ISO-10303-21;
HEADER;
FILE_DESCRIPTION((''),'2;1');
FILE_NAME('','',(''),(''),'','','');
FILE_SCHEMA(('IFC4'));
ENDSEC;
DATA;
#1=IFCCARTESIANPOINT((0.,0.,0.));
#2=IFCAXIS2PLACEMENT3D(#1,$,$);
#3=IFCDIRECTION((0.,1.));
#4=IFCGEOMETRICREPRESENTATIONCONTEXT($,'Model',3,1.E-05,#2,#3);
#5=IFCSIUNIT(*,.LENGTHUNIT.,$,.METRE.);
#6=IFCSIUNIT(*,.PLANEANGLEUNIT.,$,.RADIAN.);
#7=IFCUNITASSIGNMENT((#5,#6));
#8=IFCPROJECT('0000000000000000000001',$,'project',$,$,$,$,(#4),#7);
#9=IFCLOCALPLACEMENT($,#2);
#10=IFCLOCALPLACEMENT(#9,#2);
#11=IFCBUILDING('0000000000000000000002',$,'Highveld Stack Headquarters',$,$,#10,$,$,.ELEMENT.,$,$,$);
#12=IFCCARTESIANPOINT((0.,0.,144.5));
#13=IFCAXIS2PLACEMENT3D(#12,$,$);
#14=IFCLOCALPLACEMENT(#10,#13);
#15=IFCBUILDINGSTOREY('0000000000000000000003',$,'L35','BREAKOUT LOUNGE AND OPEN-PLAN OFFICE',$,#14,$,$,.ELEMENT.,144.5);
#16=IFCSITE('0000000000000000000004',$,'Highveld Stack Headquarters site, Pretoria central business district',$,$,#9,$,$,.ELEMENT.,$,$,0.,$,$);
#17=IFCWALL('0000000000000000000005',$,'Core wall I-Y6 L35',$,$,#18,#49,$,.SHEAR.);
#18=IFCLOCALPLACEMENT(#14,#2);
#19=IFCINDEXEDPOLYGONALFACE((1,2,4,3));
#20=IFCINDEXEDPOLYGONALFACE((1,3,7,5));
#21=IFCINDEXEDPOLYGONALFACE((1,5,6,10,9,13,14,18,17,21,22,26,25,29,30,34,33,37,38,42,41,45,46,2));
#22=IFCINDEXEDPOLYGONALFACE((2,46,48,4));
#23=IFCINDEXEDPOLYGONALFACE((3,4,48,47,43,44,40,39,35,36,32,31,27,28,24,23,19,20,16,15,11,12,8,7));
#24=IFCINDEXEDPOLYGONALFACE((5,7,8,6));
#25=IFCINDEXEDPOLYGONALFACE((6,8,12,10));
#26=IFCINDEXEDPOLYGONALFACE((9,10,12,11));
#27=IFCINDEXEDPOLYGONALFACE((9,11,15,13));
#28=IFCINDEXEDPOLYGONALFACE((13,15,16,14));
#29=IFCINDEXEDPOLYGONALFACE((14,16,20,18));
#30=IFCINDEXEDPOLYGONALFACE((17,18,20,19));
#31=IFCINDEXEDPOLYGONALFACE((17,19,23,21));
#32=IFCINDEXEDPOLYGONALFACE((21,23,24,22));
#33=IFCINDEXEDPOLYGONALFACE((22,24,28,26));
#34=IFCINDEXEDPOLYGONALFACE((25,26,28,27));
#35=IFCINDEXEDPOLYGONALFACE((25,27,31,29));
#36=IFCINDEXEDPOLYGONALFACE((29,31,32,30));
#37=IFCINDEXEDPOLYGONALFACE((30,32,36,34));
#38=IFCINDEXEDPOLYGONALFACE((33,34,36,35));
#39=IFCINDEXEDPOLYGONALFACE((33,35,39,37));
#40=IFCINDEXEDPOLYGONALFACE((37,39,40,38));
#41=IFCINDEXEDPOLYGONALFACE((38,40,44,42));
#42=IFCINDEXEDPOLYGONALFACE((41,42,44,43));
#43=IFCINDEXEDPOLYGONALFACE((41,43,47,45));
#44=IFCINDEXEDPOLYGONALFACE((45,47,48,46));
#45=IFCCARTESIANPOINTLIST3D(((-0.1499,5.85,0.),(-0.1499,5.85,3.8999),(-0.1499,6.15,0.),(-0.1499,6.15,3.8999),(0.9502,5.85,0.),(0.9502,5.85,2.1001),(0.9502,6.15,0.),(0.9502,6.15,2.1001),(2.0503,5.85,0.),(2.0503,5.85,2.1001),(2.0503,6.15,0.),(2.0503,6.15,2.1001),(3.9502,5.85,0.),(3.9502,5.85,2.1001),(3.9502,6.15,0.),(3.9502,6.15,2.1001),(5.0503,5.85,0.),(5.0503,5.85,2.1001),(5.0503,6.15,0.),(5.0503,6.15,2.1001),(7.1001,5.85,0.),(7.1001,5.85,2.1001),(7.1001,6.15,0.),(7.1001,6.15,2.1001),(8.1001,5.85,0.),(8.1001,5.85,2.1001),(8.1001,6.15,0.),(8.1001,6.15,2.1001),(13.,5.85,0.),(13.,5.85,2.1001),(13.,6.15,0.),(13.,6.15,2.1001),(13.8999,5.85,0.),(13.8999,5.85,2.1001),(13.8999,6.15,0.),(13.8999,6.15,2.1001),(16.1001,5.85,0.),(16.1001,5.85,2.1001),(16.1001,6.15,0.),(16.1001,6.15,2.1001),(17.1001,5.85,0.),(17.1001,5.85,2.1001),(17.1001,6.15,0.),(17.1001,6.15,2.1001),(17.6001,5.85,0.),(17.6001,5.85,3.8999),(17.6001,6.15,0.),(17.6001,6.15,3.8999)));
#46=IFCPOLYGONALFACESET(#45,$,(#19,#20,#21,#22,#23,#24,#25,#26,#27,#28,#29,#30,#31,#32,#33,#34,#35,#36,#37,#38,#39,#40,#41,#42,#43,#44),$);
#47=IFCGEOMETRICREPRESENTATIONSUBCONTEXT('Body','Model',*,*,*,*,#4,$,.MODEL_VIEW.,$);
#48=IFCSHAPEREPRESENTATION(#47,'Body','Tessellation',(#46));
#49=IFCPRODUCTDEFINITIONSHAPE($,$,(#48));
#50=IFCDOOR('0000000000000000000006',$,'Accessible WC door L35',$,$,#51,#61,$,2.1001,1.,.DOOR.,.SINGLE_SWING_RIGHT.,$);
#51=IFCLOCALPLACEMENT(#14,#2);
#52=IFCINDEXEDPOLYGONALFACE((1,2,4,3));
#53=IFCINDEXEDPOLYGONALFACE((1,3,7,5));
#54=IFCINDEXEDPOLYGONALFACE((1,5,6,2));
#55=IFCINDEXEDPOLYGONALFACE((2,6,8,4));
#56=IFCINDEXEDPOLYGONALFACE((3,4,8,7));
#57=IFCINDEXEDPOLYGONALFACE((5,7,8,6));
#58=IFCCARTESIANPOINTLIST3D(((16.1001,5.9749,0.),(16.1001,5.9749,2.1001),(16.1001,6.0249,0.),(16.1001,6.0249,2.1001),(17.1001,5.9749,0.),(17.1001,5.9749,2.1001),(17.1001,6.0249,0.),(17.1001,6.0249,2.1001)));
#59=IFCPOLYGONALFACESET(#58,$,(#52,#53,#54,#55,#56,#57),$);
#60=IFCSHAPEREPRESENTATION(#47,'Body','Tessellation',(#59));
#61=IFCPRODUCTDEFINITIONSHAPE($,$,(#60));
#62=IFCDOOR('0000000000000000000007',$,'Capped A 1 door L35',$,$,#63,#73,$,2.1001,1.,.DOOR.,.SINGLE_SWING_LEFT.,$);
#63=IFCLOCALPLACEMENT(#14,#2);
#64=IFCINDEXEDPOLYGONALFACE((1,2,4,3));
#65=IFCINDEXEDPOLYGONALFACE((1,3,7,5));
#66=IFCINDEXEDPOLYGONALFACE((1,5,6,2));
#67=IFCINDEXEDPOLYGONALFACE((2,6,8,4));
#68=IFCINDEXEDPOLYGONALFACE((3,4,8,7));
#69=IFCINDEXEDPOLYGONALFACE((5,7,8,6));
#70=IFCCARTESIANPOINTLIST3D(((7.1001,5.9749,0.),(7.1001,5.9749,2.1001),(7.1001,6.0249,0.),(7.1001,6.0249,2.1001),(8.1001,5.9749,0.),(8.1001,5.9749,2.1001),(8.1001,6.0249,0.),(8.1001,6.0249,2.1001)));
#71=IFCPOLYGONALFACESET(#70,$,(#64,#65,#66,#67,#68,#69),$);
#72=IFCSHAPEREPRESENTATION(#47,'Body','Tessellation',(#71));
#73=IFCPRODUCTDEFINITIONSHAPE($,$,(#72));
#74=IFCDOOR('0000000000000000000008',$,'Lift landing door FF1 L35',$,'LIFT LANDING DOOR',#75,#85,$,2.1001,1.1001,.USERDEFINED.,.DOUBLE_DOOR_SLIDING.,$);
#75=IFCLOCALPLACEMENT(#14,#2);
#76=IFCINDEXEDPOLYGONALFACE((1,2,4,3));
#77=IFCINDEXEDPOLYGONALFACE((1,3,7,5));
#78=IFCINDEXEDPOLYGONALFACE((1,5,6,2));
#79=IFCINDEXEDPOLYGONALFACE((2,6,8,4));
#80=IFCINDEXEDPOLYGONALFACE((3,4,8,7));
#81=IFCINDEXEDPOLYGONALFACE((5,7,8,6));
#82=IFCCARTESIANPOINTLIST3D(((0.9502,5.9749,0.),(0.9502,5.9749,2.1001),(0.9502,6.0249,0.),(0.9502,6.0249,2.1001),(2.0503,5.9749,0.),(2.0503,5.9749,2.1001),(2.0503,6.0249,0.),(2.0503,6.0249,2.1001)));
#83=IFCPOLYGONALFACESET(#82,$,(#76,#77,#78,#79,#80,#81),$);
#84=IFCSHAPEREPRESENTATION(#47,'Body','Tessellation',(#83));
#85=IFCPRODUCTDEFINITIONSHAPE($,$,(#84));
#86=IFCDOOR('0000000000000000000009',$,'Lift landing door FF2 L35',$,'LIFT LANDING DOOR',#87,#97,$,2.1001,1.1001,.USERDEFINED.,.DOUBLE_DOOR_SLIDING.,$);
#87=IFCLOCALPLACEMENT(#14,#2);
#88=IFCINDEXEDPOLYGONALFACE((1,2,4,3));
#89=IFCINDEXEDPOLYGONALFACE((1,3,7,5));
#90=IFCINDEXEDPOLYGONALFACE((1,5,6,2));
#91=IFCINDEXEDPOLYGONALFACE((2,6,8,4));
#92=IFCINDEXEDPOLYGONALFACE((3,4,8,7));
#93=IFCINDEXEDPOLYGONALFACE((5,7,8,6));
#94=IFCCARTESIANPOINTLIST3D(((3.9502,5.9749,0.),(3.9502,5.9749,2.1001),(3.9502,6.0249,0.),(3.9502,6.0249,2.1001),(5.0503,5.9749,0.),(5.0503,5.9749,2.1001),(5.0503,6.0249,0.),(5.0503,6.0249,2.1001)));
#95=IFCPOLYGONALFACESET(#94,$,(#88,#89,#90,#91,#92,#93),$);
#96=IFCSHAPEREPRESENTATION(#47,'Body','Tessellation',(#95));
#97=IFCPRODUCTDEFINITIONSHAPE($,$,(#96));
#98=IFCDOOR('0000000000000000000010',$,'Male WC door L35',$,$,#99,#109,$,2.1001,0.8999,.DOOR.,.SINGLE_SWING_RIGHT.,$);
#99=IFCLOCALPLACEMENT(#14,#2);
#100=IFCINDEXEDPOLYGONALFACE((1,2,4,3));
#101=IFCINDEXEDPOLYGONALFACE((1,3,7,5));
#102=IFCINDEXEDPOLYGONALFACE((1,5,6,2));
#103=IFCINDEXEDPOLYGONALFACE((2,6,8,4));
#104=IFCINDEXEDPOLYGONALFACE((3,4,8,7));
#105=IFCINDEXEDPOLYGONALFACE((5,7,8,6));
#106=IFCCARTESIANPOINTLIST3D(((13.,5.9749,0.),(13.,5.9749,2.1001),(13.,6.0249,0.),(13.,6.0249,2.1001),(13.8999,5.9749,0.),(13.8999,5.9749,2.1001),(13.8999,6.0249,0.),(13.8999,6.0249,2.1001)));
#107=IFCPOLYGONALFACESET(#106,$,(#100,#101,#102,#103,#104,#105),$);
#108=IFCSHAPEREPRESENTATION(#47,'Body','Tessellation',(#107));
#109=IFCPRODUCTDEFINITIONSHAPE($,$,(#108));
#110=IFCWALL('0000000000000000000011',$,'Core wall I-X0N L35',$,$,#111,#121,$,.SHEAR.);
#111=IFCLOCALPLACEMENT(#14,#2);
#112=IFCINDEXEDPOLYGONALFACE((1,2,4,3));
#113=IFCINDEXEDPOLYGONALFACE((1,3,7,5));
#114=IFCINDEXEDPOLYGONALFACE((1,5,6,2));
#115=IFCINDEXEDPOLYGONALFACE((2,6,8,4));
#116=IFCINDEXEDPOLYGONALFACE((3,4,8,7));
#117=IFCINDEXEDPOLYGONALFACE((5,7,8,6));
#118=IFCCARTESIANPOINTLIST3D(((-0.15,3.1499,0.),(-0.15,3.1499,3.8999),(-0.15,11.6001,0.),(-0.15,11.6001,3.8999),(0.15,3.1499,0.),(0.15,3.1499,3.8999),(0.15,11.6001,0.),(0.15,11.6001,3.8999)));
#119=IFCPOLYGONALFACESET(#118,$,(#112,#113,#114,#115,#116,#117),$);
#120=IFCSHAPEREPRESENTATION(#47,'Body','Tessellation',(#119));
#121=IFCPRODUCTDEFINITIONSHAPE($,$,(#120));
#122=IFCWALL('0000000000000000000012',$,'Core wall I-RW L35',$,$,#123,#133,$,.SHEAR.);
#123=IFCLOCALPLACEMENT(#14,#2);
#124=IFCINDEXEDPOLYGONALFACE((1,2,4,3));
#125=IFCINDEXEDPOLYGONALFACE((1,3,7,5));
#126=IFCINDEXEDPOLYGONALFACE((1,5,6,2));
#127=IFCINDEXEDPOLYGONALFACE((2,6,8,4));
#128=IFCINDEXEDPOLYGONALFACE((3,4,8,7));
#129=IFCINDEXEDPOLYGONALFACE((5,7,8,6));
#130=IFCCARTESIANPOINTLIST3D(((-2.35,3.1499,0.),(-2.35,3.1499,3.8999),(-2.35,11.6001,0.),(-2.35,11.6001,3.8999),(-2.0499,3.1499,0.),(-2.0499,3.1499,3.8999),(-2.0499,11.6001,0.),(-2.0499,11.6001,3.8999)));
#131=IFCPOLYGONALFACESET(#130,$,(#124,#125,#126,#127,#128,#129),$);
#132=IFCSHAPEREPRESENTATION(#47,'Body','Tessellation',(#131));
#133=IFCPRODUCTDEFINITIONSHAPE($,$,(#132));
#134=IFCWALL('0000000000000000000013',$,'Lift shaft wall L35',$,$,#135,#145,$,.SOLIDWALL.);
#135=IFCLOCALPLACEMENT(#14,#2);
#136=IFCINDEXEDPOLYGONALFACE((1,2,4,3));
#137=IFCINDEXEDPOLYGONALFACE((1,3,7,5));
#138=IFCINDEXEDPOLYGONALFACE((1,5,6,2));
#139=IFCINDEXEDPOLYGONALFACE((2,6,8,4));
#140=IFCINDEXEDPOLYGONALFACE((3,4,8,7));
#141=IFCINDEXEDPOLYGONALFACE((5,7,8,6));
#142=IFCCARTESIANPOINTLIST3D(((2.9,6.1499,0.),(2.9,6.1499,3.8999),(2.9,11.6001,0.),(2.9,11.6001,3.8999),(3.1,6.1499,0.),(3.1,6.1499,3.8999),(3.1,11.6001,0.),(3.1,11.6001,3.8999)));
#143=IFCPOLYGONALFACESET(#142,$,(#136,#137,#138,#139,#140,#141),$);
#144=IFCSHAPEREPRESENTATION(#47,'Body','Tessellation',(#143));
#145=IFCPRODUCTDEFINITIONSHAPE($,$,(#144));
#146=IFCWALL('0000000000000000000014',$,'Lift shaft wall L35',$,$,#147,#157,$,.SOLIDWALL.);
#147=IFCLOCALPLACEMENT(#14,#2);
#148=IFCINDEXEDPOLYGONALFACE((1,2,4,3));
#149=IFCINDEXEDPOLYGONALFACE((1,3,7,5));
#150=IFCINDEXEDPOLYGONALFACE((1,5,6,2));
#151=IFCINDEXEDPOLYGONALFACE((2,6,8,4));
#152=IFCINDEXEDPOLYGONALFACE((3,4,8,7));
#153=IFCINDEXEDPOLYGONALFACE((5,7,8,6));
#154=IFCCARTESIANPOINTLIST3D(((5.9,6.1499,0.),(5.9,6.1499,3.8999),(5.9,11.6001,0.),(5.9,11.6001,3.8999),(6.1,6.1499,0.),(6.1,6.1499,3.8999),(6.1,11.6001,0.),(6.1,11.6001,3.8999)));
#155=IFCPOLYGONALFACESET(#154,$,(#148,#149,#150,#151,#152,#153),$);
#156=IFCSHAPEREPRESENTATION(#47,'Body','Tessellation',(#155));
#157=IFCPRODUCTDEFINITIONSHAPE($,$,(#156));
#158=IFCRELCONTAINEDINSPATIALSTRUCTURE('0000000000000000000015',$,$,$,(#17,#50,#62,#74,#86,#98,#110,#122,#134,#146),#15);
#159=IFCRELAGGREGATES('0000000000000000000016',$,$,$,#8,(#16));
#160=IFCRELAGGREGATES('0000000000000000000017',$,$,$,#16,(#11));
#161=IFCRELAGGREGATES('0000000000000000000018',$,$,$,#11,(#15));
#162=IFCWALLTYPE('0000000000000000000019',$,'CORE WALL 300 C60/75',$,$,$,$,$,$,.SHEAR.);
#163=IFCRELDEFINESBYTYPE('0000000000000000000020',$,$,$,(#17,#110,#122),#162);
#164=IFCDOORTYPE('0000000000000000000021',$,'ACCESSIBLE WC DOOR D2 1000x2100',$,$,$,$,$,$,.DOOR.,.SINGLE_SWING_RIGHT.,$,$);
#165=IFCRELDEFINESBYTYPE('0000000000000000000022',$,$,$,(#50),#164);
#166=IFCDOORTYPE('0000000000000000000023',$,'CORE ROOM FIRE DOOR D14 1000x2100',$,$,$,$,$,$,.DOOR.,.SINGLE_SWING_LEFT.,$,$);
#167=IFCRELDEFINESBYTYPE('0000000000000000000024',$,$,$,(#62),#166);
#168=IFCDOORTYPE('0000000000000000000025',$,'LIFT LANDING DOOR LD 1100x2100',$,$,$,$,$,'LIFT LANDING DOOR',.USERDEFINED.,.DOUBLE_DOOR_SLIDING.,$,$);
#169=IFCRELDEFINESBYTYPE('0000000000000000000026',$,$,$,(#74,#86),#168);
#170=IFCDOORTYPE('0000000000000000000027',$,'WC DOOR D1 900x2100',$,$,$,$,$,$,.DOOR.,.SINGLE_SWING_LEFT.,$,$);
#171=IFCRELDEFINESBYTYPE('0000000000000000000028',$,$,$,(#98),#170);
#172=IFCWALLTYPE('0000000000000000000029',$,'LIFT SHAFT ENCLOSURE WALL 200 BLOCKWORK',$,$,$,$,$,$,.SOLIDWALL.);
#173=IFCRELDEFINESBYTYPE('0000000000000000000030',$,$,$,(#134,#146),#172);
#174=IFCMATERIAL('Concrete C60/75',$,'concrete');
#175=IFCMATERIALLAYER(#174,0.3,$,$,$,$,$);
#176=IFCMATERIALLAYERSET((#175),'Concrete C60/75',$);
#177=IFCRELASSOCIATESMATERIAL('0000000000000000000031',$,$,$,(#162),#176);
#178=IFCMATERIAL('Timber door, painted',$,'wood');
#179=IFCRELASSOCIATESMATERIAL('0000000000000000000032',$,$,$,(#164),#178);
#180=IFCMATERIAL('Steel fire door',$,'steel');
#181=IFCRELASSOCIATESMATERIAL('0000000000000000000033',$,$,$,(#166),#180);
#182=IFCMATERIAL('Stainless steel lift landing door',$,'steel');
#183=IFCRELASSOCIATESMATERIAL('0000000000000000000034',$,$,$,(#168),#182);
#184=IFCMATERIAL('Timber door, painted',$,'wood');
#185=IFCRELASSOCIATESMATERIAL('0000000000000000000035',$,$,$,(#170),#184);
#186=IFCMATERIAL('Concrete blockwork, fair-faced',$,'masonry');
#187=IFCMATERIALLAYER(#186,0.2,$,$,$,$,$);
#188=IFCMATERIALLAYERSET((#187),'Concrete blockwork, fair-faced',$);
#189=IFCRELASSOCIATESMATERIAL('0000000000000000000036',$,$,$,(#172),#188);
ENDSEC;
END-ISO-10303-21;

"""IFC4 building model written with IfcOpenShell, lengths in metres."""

from ifc_helpers import new_model, si_unit, direction, frame, frame_2d, origin, place, context, subcontext, project, spatial, rectangle, extrude, material, layer, layer_set, type_object, element, fill, save


model = new_model("IFC4")

# Units and contexts
model_context = context("Model", 3, precision=1e-05, world=origin(), true_north=direction((0.0, 1.0)))
body_context = subcontext(model_context, "Body", "Model", "MODEL_VIEW")
ifc_project = project(units=[si_unit("LENGTHUNIT", "METRE"), si_unit("PLANEANGLEUNIT", "RADIAN")], contexts=[model_context])

# Site, building, storey
site_placement = place(None, origin())
site = spatial("IfcSite", under=ifc_project, at=site_placement, Name="Highveld Stack Headquarters site, Pretoria central business district", CompositionType="ELEMENT", RefElevation=0.0)
building_placement = place(site_placement, origin())
building = spatial("IfcBuilding", under=site, at=building_placement, Name="Highveld Stack Headquarters", CompositionType="ELEMENT")
storey_placement = place(building_placement, frame((0.0, 0.0, 144.5)))
storey = spatial("IfcBuildingStorey", under=building, at=storey_placement, Name="L35", Description="BREAKOUT LOUNGE AND OPEN-PLAN OFFICE", CompositionType="ELEMENT", Elevation=144.5)

# Wall, openings, doors
ifc_material_1 = material(Name="Concrete C60/75", Category="concrete")
ifc_layer_1 = layer(ifc_material_1, 0.3)
ifc_layer_set_1 = layer_set([ifc_layer_1], Name="Concrete C60/75")
wall_type_1 = type_object("IfcWallType", Name="CORE WALL 300 C60/75", PredefinedType="SHEAR", material=ifc_layer_set_1)
wall_1_placement = place(storey_placement, frame((-0.1499, 6.0, 0.0), z_axis=(0.0, 0.0, 1.0), x_axis=(1.0, 0.0, 0.0)))
wall_1 = element("IfcWall", 1, at=wall_1_placement, inside=storey, type_object=wall_type_1, Name="Core wall I-Y6 L35", PredefinedType="SHEAR", context=body_context, shape_type="SweptSolid", body=[
    extrude(rectangle(XDim=17.75, YDim=0.3, at=frame_2d((8.875, 0.0))), origin(), (0.0, 0.0, 1.0), 3.8999),
])
opening_1_placement = place(wall_1_placement, frame((13.1499, 0.0, 0.0)))
opening_1 = element("IfcOpeningElement", 2, at=opening_1_placement, cuts=wall_1, PredefinedType="OPENING", context=body_context, shape_type="SweptSolid", body=[
    extrude(rectangle(XDim=0.8999, YDim=2.1001, at=frame_2d((0.45, 1.05))), frame((0.0, 0.1599, 0.0), z_axis=(0.0, -1.0, 0.0), x_axis=(1.0, 0.0, 0.0)), (0.0, 0.0, 1.0), 0.3201),
])
opening_2_placement = place(wall_1_placement, frame((16.25, 0.0, 0.0)))
opening_2 = element("IfcOpeningElement", 3, at=opening_2_placement, cuts=wall_1, PredefinedType="OPENING", context=body_context, shape_type="SweptSolid", body=[
    extrude(rectangle(XDim=1.0, YDim=2.1001, at=frame_2d((0.5, 1.05))), frame((0.0, 0.1599, 0.0), z_axis=(0.0, -1.0, 0.0), x_axis=(1.0, 0.0, 0.0)), (0.0, 0.0, 1.0), 0.3201),
])
opening_3_placement = place(wall_1_placement, frame((7.25, 0.0, 0.0)))
opening_3 = element("IfcOpeningElement", 4, at=opening_3_placement, cuts=wall_1, PredefinedType="OPENING", context=body_context, shape_type="SweptSolid", body=[
    extrude(rectangle(XDim=1.0, YDim=2.1001, at=frame_2d((0.5, 1.05))), frame((0.0, 0.1599, 0.0), z_axis=(0.0, -1.0, 0.0), x_axis=(1.0, 0.0, 0.0)), (0.0, 0.0, 1.0), 0.3201),
])
opening_4_placement = place(wall_1_placement, frame((1.1001, 0.0, 0.0)))
opening_4 = element("IfcOpeningElement", 5, at=opening_4_placement, cuts=wall_1, PredefinedType="OPENING", context=body_context, shape_type="SweptSolid", body=[
    extrude(rectangle(XDim=1.1001, YDim=2.1001, at=frame_2d((0.55, 1.05))), frame((0.0, 0.1599, 0.0), z_axis=(0.0, -1.0, 0.0), x_axis=(1.0, 0.0, 0.0)), (0.0, 0.0, 1.0), 0.3201),
])
opening_5_placement = place(wall_1_placement, frame((4.1001, 0.0, 0.0)))
opening_5 = element("IfcOpeningElement", 6, at=opening_5_placement, cuts=wall_1, PredefinedType="OPENING", context=body_context, shape_type="SweptSolid", body=[
    extrude(rectangle(XDim=1.1001, YDim=2.1001, at=frame_2d((0.55, 1.05))), frame((0.0, 0.1599, 0.0), z_axis=(0.0, -1.0, 0.0), x_axis=(1.0, 0.0, 0.0)), (0.0, 0.0, 1.0), 0.3201),
])
ifc_material_2 = material(Name="Timber door, painted", Category="wood")
door_type_1 = type_object("IfcDoorType", Name="ACCESSIBLE WC DOOR D2 1000x2100", OperationType="SINGLE_SWING_RIGHT", PredefinedType="DOOR", material=ifc_material_2)
door_1_placement = place(opening_2_placement, origin())
door_1 = element("IfcDoor", 7, at=door_1_placement, inside=storey, type_object=door_type_1, Name="Accessible WC door L35", OperationType="SINGLE_SWING_RIGHT", OverallHeight=2.1001, OverallWidth=1.0, PredefinedType="DOOR", context=body_context, shape_type="SweptSolid", body=[
    extrude(rectangle(XDim=1.0, YDim=2.1001, at=frame_2d((0.5, 1.05))), frame((0.0, 0.0249, 0.0), z_axis=(0.0, -1.0, 0.0), x_axis=(1.0, 0.0, 0.0)), (0.0, 0.0, 1.0), 0.05),
])
fill(opening_2, door_1)
ifc_material_3 = material(Name="Steel fire door", Category="steel")
door_type_2 = type_object("IfcDoorType", Name="CORE ROOM FIRE DOOR D14 1000x2100", OperationType="SINGLE_SWING_LEFT", PredefinedType="DOOR", material=ifc_material_3)
door_2_placement = place(opening_3_placement, origin())
door_2 = element("IfcDoor", 8, at=door_2_placement, inside=storey, type_object=door_type_2, Name="Capped A 1 door L35", OperationType="SINGLE_SWING_LEFT", OverallHeight=2.1001, OverallWidth=1.0, PredefinedType="DOOR", context=body_context, shape_type="SweptSolid", body=[
    extrude(rectangle(XDim=1.0, YDim=2.1001, at=frame_2d((0.5, 1.05))), frame((0.0, 0.0249, 0.0), z_axis=(0.0, -1.0, 0.0), x_axis=(1.0, 0.0, 0.0)), (0.0, 0.0, 1.0), 0.05),
])
fill(opening_3, door_2)
ifc_material_4 = material(Name="Stainless steel lift landing door", Category="steel")
door_type_3 = type_object("IfcDoorType", Name="LIFT LANDING DOOR LD 1100x2100", ElementType="LIFT LANDING DOOR", OperationType="DOUBLE_DOOR_SLIDING", PredefinedType="USERDEFINED", material=ifc_material_4)
door_3_placement = place(opening_4_placement, origin())
door_3 = element("IfcDoor", 9, at=door_3_placement, inside=storey, type_object=door_type_3, Name="Lift landing door FF1 L35", ObjectType="LIFT LANDING DOOR", OperationType="DOUBLE_DOOR_SLIDING", OverallHeight=2.1001, OverallWidth=1.1001, PredefinedType="USERDEFINED", context=body_context, shape_type="SweptSolid", body=[
    extrude(rectangle(XDim=1.1001, YDim=2.1001, at=frame_2d((0.55, 1.05))), frame((0.0, 0.0249, 0.0), z_axis=(0.0, -1.0, 0.0), x_axis=(1.0, 0.0, 0.0)), (0.0, 0.0, 1.0), 0.05),
])
fill(opening_4, door_3)
door_4_placement = place(opening_5_placement, origin())
door_4 = element("IfcDoor", 10, at=door_4_placement, inside=storey, type_object=door_type_3, Name="Lift landing door FF2 L35", ObjectType="LIFT LANDING DOOR", OperationType="DOUBLE_DOOR_SLIDING", OverallHeight=2.1001, OverallWidth=1.1001, PredefinedType="USERDEFINED", context=body_context, shape_type="SweptSolid", body=[
    extrude(rectangle(XDim=1.1001, YDim=2.1001, at=frame_2d((0.55, 1.05))), frame((0.0, 0.0249, 0.0), z_axis=(0.0, -1.0, 0.0), x_axis=(1.0, 0.0, 0.0)), (0.0, 0.0, 1.0), 0.05),
])
fill(opening_5, door_4)
ifc_material_5 = material(Name="Timber door, painted", Category="wood")
door_type_4 = type_object("IfcDoorType", Name="WC DOOR D1 900x2100", OperationType="SINGLE_SWING_LEFT", PredefinedType="DOOR", material=ifc_material_5)
door_5_placement = place(opening_1_placement, origin())
door_5 = element("IfcDoor", 11, at=door_5_placement, inside=storey, type_object=door_type_4, Name="Male WC door L35", OperationType="SINGLE_SWING_RIGHT", OverallHeight=2.1001, OverallWidth=0.8999, PredefinedType="DOOR", context=body_context, shape_type="SweptSolid", body=[
    extrude(rectangle(XDim=0.8999, YDim=2.1001, at=frame_2d((0.45, 1.05))), frame((0.0, 0.0249, 0.0), z_axis=(0.0, -1.0, 0.0), x_axis=(1.0, 0.0, 0.0)), (0.0, 0.0, 1.0), 0.05),
])
fill(opening_1, door_5)

# Walls
for number, where, z_axis, x_axis, name in (
    (12, (0.0, 3.1499, 0.0), (0.0, 0.0, 1.0), (0.0, 1.0, 0.0), "Core wall I-X0N L35"),
    (13, (-2.2, 3.1499, 0.0), (0.0, 0.0, 1.0), (0.0, 1.0, 0.0), "Core wall I-RW L35"),
):
    element("IfcWall", number, at=place(storey_placement, frame(where, z_axis=z_axis, x_axis=x_axis)), inside=storey, type_object=wall_type_1, Name=name, PredefinedType="SHEAR", context=body_context, shape_type="SweptSolid", body=[
        extrude(rectangle(XDim=8.4502, YDim=0.3, at=frame_2d((4.2251, 0.0))), origin(), (0.0, 0.0, 1.0), 3.8999),
    ])
ifc_material_6 = material(Name="Concrete blockwork, fair-faced", Category="masonry")
ifc_layer_2 = layer(ifc_material_6, 0.2)
ifc_layer_set_2 = layer_set([ifc_layer_2], Name="Concrete blockwork, fair-faced")
wall_type_2 = type_object("IfcWallType", Name="LIFT SHAFT ENCLOSURE WALL 200 BLOCKWORK", PredefinedType="SOLIDWALL", material=ifc_layer_set_2)
for number, where, z_axis, x_axis, name in (
    (14, (3.0, 6.1499, 0.0), (0.0, 0.0, 1.0), (0.0, 1.0, 0.0), "Lift shaft wall L35"),
    (15, (6.0, 6.1499, 0.0), (0.0, 0.0, 1.0), (0.0, 1.0, 0.0), "Lift shaft wall L35"),
):
    element("IfcWall", number, at=place(storey_placement, frame(where, z_axis=z_axis, x_axis=x_axis)), inside=storey, type_object=wall_type_2, Name=name, PredefinedType="SOLIDWALL", context=body_context, shape_type="SweptSolid", body=[
        extrude(rectangle(XDim=5.4502, YDim=0.2, at=frame_2d((2.7251, 0.0))), origin(), (0.0, 0.0, 1.0), 3.8999),
    ])

save(model, "model.ifc")
